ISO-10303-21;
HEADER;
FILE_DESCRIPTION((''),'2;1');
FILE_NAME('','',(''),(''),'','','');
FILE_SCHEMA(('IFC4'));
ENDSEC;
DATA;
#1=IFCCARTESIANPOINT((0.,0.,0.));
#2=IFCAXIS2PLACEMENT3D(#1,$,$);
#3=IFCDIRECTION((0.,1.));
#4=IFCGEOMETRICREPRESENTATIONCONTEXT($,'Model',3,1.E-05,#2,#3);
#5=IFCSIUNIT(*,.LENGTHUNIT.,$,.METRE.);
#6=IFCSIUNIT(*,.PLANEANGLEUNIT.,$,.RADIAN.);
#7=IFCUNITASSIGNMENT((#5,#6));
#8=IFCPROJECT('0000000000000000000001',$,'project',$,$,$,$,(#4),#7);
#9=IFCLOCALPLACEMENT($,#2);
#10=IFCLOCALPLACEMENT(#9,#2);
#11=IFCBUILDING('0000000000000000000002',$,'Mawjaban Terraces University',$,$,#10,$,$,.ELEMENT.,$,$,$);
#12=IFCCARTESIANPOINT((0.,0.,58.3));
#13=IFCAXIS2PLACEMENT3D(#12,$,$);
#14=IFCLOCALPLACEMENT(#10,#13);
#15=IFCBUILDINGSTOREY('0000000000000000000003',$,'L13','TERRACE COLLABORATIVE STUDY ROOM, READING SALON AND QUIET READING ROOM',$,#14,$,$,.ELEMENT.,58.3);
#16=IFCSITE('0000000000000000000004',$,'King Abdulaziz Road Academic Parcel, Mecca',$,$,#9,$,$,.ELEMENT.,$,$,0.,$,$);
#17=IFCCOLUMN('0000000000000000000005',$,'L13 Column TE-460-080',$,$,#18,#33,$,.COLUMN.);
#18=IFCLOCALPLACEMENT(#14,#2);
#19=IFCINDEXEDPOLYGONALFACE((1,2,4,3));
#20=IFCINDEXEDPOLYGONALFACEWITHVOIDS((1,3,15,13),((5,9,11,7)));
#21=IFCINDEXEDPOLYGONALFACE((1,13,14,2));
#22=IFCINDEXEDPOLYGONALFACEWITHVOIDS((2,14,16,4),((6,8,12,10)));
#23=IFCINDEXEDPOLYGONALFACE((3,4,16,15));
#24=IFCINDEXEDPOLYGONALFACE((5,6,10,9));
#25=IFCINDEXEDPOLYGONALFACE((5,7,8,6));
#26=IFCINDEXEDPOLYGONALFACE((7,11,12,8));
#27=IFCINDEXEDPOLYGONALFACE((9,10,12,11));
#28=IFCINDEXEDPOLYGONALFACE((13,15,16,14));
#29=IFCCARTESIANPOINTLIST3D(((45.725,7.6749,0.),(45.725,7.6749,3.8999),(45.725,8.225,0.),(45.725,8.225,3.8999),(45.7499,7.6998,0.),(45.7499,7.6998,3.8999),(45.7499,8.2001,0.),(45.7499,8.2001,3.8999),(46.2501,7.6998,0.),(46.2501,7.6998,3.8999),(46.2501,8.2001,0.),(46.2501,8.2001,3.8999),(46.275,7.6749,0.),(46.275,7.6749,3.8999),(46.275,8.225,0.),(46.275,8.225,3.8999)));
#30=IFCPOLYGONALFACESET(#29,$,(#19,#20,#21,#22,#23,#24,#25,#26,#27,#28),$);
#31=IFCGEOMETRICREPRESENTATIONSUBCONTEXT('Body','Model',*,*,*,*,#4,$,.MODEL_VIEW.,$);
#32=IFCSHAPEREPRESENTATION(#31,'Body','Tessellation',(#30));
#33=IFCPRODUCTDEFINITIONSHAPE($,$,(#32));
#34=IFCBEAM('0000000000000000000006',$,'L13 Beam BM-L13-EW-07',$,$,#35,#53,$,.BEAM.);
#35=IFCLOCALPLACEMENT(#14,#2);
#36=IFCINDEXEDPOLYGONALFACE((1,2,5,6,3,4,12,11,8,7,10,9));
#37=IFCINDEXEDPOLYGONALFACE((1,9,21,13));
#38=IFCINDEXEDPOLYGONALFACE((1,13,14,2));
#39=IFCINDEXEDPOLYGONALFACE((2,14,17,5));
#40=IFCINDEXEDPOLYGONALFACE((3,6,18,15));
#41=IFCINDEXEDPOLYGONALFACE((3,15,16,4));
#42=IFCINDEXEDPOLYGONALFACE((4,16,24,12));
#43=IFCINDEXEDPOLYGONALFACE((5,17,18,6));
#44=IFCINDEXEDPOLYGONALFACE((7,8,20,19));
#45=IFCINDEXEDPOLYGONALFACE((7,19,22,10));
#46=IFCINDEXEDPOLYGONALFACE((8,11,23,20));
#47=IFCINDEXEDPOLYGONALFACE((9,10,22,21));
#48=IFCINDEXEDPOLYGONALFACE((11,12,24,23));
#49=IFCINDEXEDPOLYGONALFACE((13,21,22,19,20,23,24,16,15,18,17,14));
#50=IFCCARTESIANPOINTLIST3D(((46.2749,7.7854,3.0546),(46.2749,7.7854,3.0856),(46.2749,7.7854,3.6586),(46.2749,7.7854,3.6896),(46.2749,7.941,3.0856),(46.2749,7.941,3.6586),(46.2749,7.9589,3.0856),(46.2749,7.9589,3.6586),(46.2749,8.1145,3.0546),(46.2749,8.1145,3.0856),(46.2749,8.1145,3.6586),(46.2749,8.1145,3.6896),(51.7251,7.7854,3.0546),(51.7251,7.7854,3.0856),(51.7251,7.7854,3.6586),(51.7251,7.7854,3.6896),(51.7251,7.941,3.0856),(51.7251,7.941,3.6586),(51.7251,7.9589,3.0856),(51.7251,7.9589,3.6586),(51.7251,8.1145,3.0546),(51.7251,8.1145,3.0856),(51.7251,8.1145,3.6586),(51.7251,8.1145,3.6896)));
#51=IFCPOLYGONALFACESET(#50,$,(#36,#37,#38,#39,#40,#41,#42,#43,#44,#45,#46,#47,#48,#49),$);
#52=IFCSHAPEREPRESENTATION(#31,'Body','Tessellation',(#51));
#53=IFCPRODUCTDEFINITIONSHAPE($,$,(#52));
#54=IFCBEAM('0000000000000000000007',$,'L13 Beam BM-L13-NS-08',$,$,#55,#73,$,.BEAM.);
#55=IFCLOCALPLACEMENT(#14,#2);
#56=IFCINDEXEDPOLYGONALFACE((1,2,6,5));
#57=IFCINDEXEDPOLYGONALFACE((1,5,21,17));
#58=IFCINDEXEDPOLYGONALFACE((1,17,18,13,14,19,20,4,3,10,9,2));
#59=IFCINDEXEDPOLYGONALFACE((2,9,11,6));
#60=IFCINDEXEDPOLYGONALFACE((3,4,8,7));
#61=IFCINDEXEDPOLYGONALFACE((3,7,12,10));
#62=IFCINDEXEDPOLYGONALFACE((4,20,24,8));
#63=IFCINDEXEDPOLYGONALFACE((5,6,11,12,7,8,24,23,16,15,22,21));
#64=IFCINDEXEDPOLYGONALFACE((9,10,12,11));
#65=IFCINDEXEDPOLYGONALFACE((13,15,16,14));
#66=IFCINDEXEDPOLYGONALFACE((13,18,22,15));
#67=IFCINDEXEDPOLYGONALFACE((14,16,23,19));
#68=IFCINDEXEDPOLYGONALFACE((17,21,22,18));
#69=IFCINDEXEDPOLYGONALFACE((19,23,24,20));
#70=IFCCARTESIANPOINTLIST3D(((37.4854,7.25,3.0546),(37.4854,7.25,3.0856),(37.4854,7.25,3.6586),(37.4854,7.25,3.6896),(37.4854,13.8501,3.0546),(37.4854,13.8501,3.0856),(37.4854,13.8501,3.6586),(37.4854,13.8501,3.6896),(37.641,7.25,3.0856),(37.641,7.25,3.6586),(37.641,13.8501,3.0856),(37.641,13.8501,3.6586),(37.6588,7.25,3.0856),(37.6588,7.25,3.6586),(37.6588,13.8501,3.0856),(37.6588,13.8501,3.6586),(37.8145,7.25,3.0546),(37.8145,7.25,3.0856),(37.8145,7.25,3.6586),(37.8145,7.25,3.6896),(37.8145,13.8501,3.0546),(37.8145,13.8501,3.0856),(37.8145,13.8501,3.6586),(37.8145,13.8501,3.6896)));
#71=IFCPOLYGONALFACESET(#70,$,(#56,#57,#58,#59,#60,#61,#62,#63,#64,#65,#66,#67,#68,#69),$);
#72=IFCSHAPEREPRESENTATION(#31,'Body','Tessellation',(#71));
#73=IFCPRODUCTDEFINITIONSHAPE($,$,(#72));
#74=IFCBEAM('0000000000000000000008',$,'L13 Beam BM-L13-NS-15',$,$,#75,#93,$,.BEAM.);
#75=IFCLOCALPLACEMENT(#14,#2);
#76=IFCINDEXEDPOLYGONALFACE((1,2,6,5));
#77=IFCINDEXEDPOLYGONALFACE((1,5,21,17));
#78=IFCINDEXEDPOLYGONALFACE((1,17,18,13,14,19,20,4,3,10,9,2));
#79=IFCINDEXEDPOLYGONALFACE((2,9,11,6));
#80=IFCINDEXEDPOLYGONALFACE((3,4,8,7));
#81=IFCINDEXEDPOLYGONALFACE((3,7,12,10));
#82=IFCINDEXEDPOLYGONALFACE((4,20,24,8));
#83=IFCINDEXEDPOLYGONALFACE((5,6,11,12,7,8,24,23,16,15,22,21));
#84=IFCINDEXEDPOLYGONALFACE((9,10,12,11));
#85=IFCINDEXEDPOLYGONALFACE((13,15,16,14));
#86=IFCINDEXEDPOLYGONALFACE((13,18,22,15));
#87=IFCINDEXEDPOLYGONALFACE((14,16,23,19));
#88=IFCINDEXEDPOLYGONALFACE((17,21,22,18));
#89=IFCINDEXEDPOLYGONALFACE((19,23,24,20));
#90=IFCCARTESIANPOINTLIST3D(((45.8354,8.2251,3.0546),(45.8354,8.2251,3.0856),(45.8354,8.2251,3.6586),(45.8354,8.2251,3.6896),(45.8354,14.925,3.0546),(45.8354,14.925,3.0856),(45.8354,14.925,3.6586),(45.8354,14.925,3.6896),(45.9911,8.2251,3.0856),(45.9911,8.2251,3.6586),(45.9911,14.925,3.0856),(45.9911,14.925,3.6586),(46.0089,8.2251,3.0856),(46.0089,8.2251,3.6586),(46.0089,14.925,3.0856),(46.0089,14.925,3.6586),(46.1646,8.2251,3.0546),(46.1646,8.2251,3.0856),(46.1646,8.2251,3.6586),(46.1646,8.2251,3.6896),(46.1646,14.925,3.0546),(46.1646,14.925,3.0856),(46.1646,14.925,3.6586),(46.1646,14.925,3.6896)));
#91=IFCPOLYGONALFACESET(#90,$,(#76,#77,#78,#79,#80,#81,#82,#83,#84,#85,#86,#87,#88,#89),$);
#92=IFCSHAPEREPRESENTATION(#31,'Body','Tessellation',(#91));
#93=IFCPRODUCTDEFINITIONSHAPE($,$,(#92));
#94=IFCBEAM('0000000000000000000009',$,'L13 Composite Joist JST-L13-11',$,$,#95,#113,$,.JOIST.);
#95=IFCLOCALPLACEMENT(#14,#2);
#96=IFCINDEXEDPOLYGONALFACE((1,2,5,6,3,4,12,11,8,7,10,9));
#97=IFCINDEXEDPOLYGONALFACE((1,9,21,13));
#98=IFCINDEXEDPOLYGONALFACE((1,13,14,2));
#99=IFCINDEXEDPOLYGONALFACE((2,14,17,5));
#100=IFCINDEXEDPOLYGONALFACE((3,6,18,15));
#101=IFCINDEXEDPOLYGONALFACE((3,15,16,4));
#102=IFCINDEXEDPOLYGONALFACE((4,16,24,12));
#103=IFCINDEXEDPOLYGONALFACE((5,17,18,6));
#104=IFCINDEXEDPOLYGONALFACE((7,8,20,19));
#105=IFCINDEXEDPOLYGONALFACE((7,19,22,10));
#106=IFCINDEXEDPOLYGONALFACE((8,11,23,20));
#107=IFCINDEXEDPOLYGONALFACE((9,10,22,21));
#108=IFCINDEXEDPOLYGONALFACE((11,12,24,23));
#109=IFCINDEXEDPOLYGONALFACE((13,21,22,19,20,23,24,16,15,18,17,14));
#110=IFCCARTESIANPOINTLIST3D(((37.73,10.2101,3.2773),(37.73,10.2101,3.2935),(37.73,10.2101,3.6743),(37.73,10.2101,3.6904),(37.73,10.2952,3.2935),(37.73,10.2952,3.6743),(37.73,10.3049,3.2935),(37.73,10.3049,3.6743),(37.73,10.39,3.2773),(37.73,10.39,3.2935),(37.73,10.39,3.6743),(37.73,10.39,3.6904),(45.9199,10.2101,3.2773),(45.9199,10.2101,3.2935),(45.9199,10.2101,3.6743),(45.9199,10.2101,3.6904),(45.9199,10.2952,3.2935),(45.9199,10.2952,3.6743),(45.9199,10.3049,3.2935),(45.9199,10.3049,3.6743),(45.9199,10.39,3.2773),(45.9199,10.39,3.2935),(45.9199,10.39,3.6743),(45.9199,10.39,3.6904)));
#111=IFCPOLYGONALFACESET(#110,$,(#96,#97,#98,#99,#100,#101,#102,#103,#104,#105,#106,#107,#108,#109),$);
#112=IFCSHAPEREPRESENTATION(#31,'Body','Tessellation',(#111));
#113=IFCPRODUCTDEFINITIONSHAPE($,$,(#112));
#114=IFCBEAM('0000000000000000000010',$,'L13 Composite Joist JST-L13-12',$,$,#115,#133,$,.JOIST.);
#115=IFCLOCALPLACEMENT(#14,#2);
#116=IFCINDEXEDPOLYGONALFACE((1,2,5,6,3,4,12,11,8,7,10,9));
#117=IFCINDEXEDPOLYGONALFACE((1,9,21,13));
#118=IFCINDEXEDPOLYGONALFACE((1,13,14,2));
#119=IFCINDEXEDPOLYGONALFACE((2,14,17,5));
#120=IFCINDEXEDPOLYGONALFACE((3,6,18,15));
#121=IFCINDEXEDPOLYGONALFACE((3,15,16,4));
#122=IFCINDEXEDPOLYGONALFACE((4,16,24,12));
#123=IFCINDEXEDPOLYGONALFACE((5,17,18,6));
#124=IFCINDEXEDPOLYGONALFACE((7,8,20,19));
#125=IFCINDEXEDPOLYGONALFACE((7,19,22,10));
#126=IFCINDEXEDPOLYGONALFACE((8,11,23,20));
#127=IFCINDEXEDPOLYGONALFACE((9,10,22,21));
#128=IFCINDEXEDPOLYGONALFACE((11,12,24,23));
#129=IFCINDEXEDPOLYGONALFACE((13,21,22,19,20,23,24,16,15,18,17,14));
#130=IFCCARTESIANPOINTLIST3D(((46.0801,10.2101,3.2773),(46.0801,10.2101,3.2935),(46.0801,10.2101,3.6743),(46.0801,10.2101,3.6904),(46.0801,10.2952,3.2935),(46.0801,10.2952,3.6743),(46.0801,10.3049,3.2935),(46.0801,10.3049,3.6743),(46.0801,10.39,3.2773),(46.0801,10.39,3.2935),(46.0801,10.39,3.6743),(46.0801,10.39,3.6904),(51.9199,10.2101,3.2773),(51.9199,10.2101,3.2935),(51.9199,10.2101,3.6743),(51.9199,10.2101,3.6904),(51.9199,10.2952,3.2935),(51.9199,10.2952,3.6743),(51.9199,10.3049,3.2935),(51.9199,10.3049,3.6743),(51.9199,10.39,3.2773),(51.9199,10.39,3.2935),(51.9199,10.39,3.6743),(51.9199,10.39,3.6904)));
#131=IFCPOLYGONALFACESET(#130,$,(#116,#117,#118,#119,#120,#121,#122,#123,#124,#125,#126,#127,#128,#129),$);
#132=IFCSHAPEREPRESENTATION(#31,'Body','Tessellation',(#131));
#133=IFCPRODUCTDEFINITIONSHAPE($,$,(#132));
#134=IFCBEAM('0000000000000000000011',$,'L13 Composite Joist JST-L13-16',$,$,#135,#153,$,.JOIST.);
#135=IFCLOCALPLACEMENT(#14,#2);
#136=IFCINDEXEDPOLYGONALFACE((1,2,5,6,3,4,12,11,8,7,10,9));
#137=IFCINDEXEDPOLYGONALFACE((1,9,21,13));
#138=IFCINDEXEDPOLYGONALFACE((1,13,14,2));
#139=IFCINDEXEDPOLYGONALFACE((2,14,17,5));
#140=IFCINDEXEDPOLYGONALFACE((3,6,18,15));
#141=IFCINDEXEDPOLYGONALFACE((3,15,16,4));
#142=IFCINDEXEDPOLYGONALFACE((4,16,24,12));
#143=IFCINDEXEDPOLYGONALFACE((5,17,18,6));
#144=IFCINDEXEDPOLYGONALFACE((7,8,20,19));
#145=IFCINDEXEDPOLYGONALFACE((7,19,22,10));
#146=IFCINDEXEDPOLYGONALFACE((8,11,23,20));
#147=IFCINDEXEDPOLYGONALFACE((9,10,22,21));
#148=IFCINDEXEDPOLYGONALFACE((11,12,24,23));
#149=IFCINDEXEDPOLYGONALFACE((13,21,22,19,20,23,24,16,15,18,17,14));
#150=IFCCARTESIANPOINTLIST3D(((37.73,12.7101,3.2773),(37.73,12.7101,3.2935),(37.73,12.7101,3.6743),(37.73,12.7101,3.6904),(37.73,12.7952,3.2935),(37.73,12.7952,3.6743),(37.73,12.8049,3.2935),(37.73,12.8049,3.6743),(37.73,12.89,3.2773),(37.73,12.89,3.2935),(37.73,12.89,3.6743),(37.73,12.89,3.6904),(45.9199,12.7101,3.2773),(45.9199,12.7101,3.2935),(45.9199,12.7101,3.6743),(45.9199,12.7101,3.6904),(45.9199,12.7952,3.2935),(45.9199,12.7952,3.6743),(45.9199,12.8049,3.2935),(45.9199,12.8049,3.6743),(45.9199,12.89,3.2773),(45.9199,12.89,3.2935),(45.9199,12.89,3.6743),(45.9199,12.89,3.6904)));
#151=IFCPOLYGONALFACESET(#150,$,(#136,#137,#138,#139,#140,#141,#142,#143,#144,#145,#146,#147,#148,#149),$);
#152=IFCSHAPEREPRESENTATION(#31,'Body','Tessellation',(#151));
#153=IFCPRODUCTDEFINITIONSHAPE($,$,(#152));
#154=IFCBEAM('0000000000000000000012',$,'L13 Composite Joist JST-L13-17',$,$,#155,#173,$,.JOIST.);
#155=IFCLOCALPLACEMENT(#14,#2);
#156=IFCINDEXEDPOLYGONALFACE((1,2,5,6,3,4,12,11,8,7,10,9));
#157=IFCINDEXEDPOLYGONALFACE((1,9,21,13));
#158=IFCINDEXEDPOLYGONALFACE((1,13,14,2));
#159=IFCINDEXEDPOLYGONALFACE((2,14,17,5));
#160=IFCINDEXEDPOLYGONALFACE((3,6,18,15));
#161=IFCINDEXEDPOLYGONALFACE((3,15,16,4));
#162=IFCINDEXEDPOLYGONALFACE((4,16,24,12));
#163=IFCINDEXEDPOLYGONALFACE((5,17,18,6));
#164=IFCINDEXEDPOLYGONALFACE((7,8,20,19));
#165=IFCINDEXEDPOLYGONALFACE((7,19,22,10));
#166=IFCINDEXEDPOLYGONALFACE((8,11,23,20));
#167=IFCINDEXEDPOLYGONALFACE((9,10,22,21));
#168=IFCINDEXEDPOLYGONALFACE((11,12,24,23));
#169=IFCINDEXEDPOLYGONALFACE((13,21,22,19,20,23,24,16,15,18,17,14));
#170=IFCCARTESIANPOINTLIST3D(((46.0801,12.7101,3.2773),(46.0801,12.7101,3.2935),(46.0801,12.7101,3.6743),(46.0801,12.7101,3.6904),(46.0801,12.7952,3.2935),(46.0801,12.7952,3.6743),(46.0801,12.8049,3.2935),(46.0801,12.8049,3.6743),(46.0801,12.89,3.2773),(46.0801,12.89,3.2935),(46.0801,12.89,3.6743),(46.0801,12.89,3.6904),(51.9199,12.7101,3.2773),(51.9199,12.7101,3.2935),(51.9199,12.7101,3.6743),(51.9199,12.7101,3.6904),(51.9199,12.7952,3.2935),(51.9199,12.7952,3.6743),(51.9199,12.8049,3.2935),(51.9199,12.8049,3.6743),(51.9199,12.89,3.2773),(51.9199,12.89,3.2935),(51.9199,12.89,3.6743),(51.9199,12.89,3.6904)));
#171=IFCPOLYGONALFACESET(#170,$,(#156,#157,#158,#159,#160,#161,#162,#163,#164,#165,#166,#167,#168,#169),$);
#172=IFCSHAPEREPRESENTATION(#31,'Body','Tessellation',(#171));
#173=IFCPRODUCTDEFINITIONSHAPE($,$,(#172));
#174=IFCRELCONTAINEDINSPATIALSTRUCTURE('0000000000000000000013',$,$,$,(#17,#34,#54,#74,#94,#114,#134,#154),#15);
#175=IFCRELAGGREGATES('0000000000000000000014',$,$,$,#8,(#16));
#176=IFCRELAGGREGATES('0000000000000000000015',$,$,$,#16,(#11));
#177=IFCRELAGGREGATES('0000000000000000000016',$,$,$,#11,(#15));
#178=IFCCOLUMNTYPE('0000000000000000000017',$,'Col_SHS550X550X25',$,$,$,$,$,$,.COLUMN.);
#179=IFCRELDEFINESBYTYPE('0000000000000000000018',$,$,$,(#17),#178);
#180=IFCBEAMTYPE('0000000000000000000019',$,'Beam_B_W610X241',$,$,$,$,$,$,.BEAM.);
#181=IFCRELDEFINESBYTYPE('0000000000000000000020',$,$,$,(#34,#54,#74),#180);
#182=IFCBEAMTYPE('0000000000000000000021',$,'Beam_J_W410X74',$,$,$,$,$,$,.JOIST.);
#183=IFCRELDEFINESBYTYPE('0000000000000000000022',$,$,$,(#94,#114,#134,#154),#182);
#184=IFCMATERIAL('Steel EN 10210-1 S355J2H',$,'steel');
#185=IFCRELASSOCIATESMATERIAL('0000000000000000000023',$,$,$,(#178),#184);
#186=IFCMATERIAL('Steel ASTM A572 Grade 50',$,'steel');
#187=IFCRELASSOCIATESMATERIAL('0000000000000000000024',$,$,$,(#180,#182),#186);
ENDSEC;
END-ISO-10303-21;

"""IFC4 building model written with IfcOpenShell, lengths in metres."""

from ifc_helpers import new_model, si_unit, direction, frame, origin, origin_2d, place, context, subcontext, project, spatial, hollow_rectangle, i_section, extrude, material, material_profile, profile_set, type_object, element, save


model = new_model("IFC4")

# Units and contexts
model_context = context("Model", 3, precision=1e-05, world=origin(), true_north=direction((0.0, 1.0)))
body_context = subcontext(model_context, "Body", "Model", "MODEL_VIEW")
ifc_project = project(units=[si_unit("LENGTHUNIT", "METRE"), si_unit("PLANEANGLEUNIT", "RADIAN")], contexts=[model_context])

# Site, building, storey
site_placement = place(None, origin())
site = spatial("IfcSite", under=ifc_project, at=site_placement, Name="King Abdulaziz Road Academic Parcel, Mecca", CompositionType="ELEMENT", RefElevation=0.0)
building_placement = place(site_placement, origin())
building = spatial("IfcBuilding", under=site, at=building_placement, Name="Mawjaban Terraces University", CompositionType="ELEMENT")
storey_placement = place(building_placement, frame((0.0, 0.0, 58.3)))
storey = spatial("IfcBuildingStorey", under=building, at=storey_placement, Name="L13", Description="TERRACE COLLABORATIVE STUDY ROOM, READING SALON AND QUIET READING ROOM", CompositionType="ELEMENT", Elevation=58.3)

# Column
ifc_material_1 = material(Name="Steel EN 10210-1 S355J2H", Category="steel")
ifc_material_profile_1 = material_profile(ifc_material_1, hollow_rectangle(XDim=0.55, YDim=0.55, WallThickness=0.0249, at=origin_2d()), Name="SHS550X550X25")
ifc_profile_set_1 = profile_set([ifc_material_profile_1], Name="Steel EN 10210-1 S355J2H")
column_type = type_object("IfcColumnType", Name="Col_SHS550X550X25", PredefinedType="COLUMN", material=ifc_profile_set_1)
column_placement = place(storey_placement, frame((46.0, 7.95, 0.0), z_axis=(0.0, 0.0, 1.0), x_axis=(1.0, 0.0, 0.0)))
element("IfcColumn", 1, at=column_placement, inside=storey, type_object=column_type, Name="L13 Column TE-460-080", PredefinedType="COLUMN", context=body_context, shape_type="SweptSolid", body=[
    extrude(hollow_rectangle(XDim=0.55, YDim=0.55, WallThickness=0.0249, at=origin_2d()), origin(), (0.0, 0.0, 1.0), 3.8999),
])

# Beams
ifc_material_2 = material(Name="Steel ASTM A572 Grade 50", Category="steel")
ifc_material_profile_2 = material_profile(ifc_material_2, i_section(OverallWidth=0.3291, OverallDepth=0.635, WebThickness=0.0178, FlangeThickness=0.031, at=origin_2d()), Name="W610X241")
ifc_profile_set_2 = profile_set([ifc_material_profile_2], Name="Steel ASTM A572 Grade 50")
beam_type_1 = type_object("IfcBeamType", Name="Beam_B_W610X241", PredefinedType="BEAM", material=ifc_profile_set_2)
beam_1_placement = place(storey_placement, frame((46.2749, 7.95, 3.3721), z_axis=(1.0, 0.0, 0.0), x_axis=(0.0, 1.0, 0.0)))
element("IfcBeam", 2, at=beam_1_placement, inside=storey, type_object=beam_type_1, Name="L13 Beam BM-L13-EW-07", PredefinedType="BEAM", context=body_context, shape_type="SweptSolid", body=[
    extrude(i_section(OverallWidth=0.3291, OverallDepth=0.635, WebThickness=0.0178, FlangeThickness=0.031, at=origin_2d()), origin(), (0.0, 0.0, 1.0), 5.4502),
])
beam_2_placement = place(storey_placement, frame((37.6499, 7.25, 3.3721), z_axis=(0.0, 1.0, 0.0), x_axis=(-1.0, 0.0, 0.0)))
element("IfcBeam", 3, at=beam_2_placement, inside=storey, type_object=beam_type_1, Name="L13 Beam BM-L13-NS-08", PredefinedType="BEAM", context=body_context, shape_type="SweptSolid", body=[
    extrude(i_section(OverallWidth=0.3291, OverallDepth=0.635, WebThickness=0.0178, FlangeThickness=0.031, at=origin_2d()), origin(), (0.0, 0.0, 1.0), 6.6001),
])
beam_3_placement = place(storey_placement, frame((46.0, 8.2251, 3.3721), z_axis=(0.0, 1.0, 0.0), x_axis=(-1.0, 0.0, 0.0)))
element("IfcBeam", 4, at=beam_3_placement, inside=storey, type_object=beam_type_1, Name="L13 Beam BM-L13-NS-15", PredefinedType="BEAM", context=body_context, shape_type="SweptSolid", body=[
    extrude(i_section(OverallWidth=0.3291, OverallDepth=0.635, WebThickness=0.0178, FlangeThickness=0.031, at=origin_2d()), origin(), (0.0, 0.0, 1.0), 6.7),
])
ifc_material_profile_3 = material_profile(ifc_material_2, i_section(OverallWidth=0.1799, OverallDepth=0.4131, WebThickness=0.0098, FlangeThickness=0.0161, at=origin_2d()), Name="W410X74")
ifc_profile_set_3 = profile_set([ifc_material_profile_3], Name="Steel ASTM A572 Grade 50")
beam_type_2 = type_object("IfcBeamType", Name="Beam_J_W410X74", PredefinedType="JOIST", material=ifc_profile_set_3)
beam_4_placement = place(storey_placement, frame((37.73, 10.3, 3.4839), z_axis=(1.0, 0.0, 0.0), x_axis=(0.0, 1.0, 0.0)))
element("IfcBeam", 5, at=beam_4_placement, inside=storey, type_object=beam_type_2, Name="L13 Composite Joist JST-L13-11", PredefinedType="JOIST", context=body_context, shape_type="SweptSolid", body=[
    extrude(i_section(OverallWidth=0.1799, OverallDepth=0.4131, WebThickness=0.0098, FlangeThickness=0.0161, at=origin_2d()), origin(), (0.0, 0.0, 1.0), 8.1899),
])
beam_5_placement = place(storey_placement, frame((46.0801, 10.3, 3.4839), z_axis=(1.0, 0.0, 0.0), x_axis=(0.0, 1.0, 0.0)))
element("IfcBeam", 6, at=beam_5_placement, inside=storey, type_object=beam_type_2, Name="L13 Composite Joist JST-L13-12", PredefinedType="JOIST", context=body_context, shape_type="SweptSolid", body=[
    extrude(i_section(OverallWidth=0.1799, OverallDepth=0.4131, WebThickness=0.0098, FlangeThickness=0.0161, at=origin_2d()), origin(), (0.0, 0.0, 1.0), 5.8398),
])
beam_6_placement = place(storey_placement, frame((37.73, 12.8, 3.4839), z_axis=(1.0, 0.0, 0.0), x_axis=(0.0, 1.0, 0.0)))
element("IfcBeam", 7, at=beam_6_placement, inside=storey, type_object=beam_type_2, Name="L13 Composite Joist JST-L13-16", PredefinedType="JOIST", context=body_context, shape_type="SweptSolid", body=[
    extrude(i_section(OverallWidth=0.1799, OverallDepth=0.4131, WebThickness=0.0098, FlangeThickness=0.0161, at=origin_2d()), origin(), (0.0, 0.0, 1.0), 8.1899),
])
beam_7_placement = place(storey_placement, frame((46.0801, 12.8, 3.4839), z_axis=(1.0, 0.0, 0.0), x_axis=(0.0, 1.0, 0.0)))
element("IfcBeam", 8, at=beam_7_placement, inside=storey, type_object=beam_type_2, Name="L13 Composite Joist JST-L13-17", PredefinedType="JOIST", context=body_context, shape_type="SweptSolid", body=[
    extrude(i_section(OverallWidth=0.1799, OverallDepth=0.4131, WebThickness=0.0098, FlangeThickness=0.0161, at=origin_2d()), origin(), (0.0, 0.0, 1.0), 5.8398),
])

save(model, "model.ifc")
